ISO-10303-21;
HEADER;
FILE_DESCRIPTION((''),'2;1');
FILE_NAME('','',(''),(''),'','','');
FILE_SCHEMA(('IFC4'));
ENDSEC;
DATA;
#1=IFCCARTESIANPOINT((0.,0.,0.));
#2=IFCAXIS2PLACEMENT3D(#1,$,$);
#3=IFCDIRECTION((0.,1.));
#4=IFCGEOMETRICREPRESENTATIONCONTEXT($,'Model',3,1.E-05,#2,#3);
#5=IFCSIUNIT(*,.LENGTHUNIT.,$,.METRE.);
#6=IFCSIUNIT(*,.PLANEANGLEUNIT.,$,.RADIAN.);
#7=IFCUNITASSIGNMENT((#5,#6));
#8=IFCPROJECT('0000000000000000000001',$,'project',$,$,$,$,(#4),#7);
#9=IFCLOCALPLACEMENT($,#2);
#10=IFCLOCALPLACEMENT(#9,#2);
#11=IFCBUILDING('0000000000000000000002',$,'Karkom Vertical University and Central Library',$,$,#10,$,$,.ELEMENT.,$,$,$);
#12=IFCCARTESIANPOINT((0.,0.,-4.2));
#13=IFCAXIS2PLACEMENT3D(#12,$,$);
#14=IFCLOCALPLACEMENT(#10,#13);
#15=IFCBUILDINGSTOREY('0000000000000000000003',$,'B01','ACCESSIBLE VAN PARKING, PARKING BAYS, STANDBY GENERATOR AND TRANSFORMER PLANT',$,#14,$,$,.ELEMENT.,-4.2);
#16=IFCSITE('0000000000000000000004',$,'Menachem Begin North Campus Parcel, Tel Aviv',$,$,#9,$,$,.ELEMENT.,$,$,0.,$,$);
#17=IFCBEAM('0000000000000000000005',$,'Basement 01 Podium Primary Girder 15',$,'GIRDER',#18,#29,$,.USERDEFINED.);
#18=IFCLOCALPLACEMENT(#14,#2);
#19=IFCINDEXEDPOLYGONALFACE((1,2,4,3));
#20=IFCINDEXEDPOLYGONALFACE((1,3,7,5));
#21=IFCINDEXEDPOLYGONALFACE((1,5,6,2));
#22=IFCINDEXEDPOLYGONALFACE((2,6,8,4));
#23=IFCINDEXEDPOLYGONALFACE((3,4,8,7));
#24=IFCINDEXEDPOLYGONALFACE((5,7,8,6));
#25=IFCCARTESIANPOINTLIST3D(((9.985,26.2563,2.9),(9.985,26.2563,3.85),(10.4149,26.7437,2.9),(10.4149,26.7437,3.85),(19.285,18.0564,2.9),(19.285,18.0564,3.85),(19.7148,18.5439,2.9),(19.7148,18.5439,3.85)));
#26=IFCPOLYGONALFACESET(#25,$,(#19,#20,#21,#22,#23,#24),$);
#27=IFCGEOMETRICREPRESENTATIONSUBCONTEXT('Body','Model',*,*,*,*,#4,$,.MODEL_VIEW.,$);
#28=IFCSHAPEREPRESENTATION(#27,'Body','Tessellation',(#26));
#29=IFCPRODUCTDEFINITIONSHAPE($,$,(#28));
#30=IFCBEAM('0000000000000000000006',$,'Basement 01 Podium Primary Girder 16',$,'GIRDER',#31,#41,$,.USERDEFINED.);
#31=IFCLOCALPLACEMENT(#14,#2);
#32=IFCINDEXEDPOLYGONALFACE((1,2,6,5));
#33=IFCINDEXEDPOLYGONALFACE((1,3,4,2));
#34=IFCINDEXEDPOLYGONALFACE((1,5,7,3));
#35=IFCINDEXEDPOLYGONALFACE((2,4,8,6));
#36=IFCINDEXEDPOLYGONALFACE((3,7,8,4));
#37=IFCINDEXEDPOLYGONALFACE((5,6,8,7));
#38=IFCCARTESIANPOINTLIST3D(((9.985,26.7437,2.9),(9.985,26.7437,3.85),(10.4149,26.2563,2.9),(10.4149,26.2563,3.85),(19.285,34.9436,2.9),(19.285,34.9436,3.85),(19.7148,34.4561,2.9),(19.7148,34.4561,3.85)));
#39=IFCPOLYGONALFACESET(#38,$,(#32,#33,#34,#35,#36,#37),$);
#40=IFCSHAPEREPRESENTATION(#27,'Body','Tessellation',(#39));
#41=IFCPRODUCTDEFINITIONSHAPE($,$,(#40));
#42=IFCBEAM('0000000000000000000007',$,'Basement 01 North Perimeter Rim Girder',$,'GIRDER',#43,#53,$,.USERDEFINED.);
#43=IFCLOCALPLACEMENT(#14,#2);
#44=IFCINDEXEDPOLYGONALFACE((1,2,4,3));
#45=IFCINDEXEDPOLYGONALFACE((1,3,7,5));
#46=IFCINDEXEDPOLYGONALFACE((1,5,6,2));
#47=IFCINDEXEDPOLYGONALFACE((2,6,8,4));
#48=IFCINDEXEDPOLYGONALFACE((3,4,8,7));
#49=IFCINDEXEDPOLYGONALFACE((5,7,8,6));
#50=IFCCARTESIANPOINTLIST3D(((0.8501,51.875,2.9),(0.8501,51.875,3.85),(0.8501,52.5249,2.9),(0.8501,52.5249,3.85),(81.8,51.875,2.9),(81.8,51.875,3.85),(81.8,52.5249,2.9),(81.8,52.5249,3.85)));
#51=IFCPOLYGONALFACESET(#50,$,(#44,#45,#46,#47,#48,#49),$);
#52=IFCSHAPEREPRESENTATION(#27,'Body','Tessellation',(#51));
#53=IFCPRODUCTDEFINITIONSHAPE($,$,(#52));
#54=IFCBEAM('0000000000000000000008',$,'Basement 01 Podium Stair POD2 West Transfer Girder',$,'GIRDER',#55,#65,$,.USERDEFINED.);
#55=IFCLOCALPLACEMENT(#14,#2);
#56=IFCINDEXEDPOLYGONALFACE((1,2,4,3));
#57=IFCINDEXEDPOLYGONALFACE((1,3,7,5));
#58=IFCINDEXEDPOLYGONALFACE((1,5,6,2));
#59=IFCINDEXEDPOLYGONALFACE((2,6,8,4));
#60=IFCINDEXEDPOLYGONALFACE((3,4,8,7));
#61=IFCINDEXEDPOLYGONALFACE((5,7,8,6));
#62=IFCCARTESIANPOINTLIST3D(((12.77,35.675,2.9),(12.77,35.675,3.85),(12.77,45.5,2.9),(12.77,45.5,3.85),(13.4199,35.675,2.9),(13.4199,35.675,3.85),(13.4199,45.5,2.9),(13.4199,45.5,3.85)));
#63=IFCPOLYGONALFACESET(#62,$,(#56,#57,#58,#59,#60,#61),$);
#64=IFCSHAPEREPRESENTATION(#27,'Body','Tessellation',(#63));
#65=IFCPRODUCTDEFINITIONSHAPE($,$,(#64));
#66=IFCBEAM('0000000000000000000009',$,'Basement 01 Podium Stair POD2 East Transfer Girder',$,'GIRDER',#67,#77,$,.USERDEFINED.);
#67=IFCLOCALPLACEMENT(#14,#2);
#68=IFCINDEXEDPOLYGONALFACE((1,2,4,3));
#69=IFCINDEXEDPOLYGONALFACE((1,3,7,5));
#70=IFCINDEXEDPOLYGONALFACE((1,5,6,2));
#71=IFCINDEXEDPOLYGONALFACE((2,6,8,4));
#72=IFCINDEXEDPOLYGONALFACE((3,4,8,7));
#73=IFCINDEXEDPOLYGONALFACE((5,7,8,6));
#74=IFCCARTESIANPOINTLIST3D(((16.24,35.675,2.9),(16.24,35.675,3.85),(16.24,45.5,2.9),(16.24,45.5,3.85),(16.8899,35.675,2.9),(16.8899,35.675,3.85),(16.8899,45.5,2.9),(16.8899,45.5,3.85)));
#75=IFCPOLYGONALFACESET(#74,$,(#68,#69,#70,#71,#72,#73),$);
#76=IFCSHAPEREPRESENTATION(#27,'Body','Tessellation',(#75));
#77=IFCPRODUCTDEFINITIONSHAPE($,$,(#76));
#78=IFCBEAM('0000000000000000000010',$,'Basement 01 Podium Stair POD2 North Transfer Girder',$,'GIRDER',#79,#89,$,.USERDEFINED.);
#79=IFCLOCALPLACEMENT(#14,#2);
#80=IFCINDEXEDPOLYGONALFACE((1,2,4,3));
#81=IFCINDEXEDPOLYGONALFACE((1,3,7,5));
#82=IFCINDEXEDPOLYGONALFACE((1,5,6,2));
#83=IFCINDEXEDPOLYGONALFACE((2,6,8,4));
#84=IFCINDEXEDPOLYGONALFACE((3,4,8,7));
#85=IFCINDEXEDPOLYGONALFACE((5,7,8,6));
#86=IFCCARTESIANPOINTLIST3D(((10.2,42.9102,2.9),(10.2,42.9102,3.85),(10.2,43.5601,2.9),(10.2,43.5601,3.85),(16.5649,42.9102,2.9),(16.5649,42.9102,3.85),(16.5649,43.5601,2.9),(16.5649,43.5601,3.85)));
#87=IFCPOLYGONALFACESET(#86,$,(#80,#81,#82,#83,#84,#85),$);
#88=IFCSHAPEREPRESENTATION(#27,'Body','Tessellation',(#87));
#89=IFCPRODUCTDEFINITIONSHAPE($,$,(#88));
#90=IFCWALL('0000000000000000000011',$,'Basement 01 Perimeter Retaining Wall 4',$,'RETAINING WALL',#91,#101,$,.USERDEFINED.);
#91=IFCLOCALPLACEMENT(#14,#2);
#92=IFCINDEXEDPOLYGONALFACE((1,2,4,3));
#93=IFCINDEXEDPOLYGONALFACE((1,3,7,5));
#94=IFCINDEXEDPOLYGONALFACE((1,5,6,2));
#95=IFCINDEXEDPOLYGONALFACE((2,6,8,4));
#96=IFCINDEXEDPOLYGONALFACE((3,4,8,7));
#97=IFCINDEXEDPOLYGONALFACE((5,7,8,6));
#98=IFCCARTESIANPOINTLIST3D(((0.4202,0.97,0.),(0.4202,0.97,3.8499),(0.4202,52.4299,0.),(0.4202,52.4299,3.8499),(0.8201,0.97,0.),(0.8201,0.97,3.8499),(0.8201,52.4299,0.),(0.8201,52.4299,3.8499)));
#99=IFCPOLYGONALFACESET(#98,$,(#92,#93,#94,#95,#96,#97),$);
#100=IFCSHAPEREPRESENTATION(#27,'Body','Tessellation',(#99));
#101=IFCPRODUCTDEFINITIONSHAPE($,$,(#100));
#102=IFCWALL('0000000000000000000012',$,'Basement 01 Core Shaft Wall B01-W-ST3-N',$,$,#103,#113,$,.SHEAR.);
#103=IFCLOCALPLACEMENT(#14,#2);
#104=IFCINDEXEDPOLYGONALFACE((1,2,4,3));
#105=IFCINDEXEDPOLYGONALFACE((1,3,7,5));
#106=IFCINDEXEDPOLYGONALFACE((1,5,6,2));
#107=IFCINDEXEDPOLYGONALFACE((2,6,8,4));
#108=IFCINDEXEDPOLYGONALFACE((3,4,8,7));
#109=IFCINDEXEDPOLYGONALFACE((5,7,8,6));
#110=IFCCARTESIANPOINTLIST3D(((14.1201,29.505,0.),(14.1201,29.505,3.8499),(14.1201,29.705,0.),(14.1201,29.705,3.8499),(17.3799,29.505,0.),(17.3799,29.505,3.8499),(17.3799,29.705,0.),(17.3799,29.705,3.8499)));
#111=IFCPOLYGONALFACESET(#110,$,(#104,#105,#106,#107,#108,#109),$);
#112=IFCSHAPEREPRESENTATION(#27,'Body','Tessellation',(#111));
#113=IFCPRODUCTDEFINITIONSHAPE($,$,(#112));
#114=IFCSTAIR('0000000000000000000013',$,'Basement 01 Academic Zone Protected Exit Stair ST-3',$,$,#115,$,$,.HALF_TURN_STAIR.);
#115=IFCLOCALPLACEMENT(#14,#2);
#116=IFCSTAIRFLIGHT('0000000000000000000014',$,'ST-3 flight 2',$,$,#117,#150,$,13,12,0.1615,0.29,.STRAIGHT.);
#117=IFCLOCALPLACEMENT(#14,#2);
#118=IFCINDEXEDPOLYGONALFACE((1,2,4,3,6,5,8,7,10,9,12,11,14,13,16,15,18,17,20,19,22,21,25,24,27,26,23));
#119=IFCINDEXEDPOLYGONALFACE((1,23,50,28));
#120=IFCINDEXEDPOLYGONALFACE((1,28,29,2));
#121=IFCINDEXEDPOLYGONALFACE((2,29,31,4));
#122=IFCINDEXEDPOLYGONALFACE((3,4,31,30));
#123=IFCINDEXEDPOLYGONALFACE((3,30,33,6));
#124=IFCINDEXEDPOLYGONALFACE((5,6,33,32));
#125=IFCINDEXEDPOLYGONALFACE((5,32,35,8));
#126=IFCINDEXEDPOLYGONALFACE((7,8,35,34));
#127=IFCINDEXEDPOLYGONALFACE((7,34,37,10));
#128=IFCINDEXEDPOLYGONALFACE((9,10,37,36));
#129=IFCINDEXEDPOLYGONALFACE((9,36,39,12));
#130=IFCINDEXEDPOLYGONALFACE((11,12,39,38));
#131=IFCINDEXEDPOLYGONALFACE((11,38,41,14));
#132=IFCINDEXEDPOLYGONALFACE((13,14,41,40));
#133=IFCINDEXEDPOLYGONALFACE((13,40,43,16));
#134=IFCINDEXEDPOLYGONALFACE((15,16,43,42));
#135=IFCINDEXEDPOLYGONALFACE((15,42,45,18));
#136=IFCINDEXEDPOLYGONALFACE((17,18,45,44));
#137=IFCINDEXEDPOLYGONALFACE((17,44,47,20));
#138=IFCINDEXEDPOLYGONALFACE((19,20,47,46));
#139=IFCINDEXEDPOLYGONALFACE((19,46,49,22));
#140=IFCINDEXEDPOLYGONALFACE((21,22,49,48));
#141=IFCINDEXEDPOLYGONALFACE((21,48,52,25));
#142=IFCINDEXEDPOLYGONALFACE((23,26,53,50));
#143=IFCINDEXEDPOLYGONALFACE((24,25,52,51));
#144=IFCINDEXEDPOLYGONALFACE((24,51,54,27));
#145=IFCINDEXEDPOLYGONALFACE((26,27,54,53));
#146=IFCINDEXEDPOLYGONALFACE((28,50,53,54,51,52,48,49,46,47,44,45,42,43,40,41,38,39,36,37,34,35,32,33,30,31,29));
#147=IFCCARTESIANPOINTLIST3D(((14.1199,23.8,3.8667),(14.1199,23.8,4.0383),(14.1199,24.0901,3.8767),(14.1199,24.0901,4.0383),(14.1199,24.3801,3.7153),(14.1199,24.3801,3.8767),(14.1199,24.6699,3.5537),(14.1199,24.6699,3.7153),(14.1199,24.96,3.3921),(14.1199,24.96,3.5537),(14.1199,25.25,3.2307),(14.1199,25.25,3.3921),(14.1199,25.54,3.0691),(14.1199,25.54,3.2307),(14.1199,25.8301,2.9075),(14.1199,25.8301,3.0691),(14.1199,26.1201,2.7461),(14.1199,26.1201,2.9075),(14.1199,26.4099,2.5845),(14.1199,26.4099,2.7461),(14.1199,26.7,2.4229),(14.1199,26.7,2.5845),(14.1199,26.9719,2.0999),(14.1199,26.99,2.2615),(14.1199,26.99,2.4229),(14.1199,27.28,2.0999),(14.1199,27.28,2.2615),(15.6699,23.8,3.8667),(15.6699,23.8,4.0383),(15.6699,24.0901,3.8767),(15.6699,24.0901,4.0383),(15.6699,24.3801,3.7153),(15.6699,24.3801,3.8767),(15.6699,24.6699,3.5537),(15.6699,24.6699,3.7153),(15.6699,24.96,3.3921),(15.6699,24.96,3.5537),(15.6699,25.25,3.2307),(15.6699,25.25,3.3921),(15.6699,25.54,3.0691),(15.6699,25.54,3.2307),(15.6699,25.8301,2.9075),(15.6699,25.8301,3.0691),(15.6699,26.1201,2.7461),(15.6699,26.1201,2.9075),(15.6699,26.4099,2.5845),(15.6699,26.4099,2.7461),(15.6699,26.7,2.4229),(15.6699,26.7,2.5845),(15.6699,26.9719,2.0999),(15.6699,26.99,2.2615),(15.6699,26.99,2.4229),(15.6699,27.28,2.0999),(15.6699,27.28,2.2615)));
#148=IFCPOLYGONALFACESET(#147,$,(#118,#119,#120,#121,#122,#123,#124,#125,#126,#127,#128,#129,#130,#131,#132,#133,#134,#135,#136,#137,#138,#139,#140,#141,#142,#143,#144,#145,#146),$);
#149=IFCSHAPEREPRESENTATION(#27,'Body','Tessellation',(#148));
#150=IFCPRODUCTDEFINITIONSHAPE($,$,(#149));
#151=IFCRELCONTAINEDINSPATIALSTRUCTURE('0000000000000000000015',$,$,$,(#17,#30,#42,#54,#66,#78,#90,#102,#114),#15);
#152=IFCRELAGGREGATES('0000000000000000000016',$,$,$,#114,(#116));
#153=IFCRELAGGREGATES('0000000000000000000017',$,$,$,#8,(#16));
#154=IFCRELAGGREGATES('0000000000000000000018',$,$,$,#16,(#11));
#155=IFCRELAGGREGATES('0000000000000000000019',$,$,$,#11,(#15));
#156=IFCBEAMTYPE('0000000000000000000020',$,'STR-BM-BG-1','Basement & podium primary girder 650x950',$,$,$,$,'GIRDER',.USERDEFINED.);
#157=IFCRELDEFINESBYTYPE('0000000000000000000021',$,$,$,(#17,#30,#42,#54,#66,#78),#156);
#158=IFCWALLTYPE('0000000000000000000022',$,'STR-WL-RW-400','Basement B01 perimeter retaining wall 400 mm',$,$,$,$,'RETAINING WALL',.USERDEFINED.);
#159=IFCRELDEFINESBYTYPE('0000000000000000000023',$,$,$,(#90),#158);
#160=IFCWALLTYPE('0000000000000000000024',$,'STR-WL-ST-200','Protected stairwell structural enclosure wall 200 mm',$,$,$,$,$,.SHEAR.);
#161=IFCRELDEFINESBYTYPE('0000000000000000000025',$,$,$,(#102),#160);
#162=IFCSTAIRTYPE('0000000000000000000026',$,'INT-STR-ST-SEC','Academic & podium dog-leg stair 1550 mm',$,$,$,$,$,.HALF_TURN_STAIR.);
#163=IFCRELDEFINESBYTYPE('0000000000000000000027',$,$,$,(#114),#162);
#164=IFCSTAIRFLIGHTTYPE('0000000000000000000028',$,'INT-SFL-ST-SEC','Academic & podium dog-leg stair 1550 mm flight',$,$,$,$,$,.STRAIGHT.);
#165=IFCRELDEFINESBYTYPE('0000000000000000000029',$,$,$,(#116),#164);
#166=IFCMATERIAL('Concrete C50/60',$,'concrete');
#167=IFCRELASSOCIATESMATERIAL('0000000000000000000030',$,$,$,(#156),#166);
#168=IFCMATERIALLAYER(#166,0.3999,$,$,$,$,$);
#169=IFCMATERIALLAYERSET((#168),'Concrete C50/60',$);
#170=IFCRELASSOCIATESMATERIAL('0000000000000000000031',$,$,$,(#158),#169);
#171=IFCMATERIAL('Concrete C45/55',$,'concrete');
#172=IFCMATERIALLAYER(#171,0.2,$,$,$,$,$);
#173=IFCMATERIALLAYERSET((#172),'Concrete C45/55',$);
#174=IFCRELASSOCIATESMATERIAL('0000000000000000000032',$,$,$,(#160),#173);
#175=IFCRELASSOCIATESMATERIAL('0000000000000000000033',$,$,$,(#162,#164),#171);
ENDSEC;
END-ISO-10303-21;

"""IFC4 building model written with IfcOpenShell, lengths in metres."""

from ifc_helpers import new_model, si_unit, direction, frame, frame_2d, origin, origin_with_axes, origin_2d, place, context, subcontext, project, spatial, polyline, rectangle, outline, extrude, source, transform, mapped, material, layer, layer_set, material_profile, profile_set, type_object, element, aggregate, save


model = new_model("IFC4")

# Units and contexts
model_context = context("Model", 3, precision=1e-05, world=origin(), true_north=direction((0.0, 1.0)))
body_context = subcontext(model_context, "Body", "Model", "MODEL_VIEW")
ifc_project = project(units=[si_unit("LENGTHUNIT", "METRE"), si_unit("PLANEANGLEUNIT", "RADIAN")], contexts=[model_context])

# Site, building, storey
site_placement = place(None, origin())
site = spatial("IfcSite", under=ifc_project, at=site_placement, Name="Menachem Begin North Campus Parcel, Tel Aviv", CompositionType="ELEMENT", RefElevation=0.0)
building_placement = place(site_placement, origin())
building = spatial("IfcBuilding", under=site, at=building_placement, Name="Karkom Vertical University and Central Library", CompositionType="ELEMENT")
storey_placement = place(building_placement, frame((0.0, 0.0, -4.2)))
storey = spatial("IfcBuildingStorey", under=building, at=storey_placement, Name="B01", Description="ACCESSIBLE VAN PARKING, PARKING BAYS, STANDBY GENERATOR AND TRANSFORMER PLANT", CompositionType="ELEMENT", Elevation=-4.2)

# Shared definitions
ifc_material_1 = material(Name="Concrete C45/55", Category="concrete")
ifc_material_2 = material(Name="Concrete C50/60", Category="concrete")

# Beams
ifc_material_profile_1 = material_profile(ifc_material_2, rectangle(XDim=0.6499, YDim=0.95, at=origin_2d()), Name="RCG-650x950")
ifc_profile_set_1 = profile_set([ifc_material_profile_1], Name="Concrete C50/60")
beam_type = type_object("IfcBeamType", Name="STR-BM-BG-1", Description="Basement & podium primary girder 650x950", ElementType="GIRDER", PredefinedType="USERDEFINED", material=ifc_profile_set_1)
shared_shape_1 = source(origin_with_axes(), body_context, "Body", "SweptSolid", [
    extrude(rectangle(XDim=0.6499, YDim=0.95, at=origin_2d()), origin(), (0.0, 0.0, 1.0), 12.3987),
])
for number, where, z_axis, x_axis, name in (
    (1, (10.2, 26.5, 3.375), (0.750077, -0.661351, 0.0), (0.661351, 0.750077, 0.0), "Basement 01 Podium Primary Girder 15"),
    (2, (10.2, 26.5, 3.375), (0.750077, 0.661351, 0.0), (-0.661351, 0.750077, 0.0), "Basement 01 Podium Primary Girder 16"),
):
    element("IfcBeam", number, at=place(storey_placement, frame(where, z_axis=z_axis, x_axis=x_axis)), inside=storey, type_object=beam_type, Name=name, ObjectType="GIRDER", PredefinedType="USERDEFINED", context=body_context, shape_type="MappedRepresentation", body=[
        mapped(shared_shape_1, transform((0.0, 0.0, 0.0), scale=1.0)),
    ])
shared_shape_2 = source(origin_with_axes(), body_context, "Body", "SweptSolid", [
    extrude(rectangle(XDim=0.6499, YDim=0.95, at=origin_2d()), origin(), (0.0, 0.0, 1.0), 80.95),
])
beam_1_placement = place(storey_placement, frame((0.8501, 52.2, 3.375), z_axis=(1.0, 0.0, 0.0), x_axis=(0.0, 1.0, 0.0)))
element("IfcBeam", 3, at=beam_1_placement, inside=storey, type_object=beam_type, Name="Basement 01 North Perimeter Rim Girder", ObjectType="GIRDER", PredefinedType="USERDEFINED", context=body_context, shape_type="MappedRepresentation", body=[
    mapped(shared_shape_2, transform((0.0, 0.0, 0.0), scale=1.0)),
])
shared_shape_3 = source(origin_with_axes(), body_context, "Body", "SweptSolid", [
    extrude(rectangle(XDim=0.6499, YDim=0.95, at=origin_2d()), origin(), (0.0, 0.0, 1.0), 9.825),
])
for number, where, z_axis, x_axis, name in (
    (4, (13.095, 35.675, 3.375), (0.0, 1.0, 0.0), (-1.0, 0.0, 0.0), "Basement 01 Podium Stair POD2 West Transfer Girder"),
    (5, (16.5649, 35.675, 3.375), (0.0, 1.0, 0.0), (-1.0, 0.0, 0.0), "Basement 01 Podium Stair POD2 East Transfer Girder"),
):
    element("IfcBeam", number, at=place(storey_placement, frame(where, z_axis=z_axis, x_axis=x_axis)), inside=storey, type_object=beam_type, Name=name, ObjectType="GIRDER", PredefinedType="USERDEFINED", context=body_context, shape_type="MappedRepresentation", body=[
        mapped(shared_shape_3, transform((0.0, 0.0, 0.0), scale=1.0)),
    ])
shared_shape_4 = source(origin_with_axes(), body_context, "Body", "SweptSolid", [
    extrude(rectangle(XDim=0.6499, YDim=0.95, at=origin_2d()), origin(), (0.0, 0.0, 1.0), 6.365),
])
beam_2_placement = place(storey_placement, frame((10.2, 43.2351, 3.375), z_axis=(1.0, 0.0, 0.0), x_axis=(0.0, 1.0, 0.0)))
element("IfcBeam", 6, at=beam_2_placement, inside=storey, type_object=beam_type, Name="Basement 01 Podium Stair POD2 North Transfer Girder", ObjectType="GIRDER", PredefinedType="USERDEFINED", context=body_context, shape_type="MappedRepresentation", body=[
    mapped(shared_shape_4, transform((0.0, 0.0, 0.0), scale=1.0)),
])

# Walls
ifc_layer_1 = layer(ifc_material_2, 0.3999)
ifc_layer_set_1 = layer_set([ifc_layer_1], Name="Concrete C50/60")
wall_type_1 = type_object("IfcWallType", Name="STR-WL-RW-400", Description="Basement B01 perimeter retaining wall 400 mm", ElementType="RETAINING WALL", PredefinedType="USERDEFINED", material=ifc_layer_set_1)
wall_1_placement = place(storey_placement, frame((0.6201, 52.4299, 0.0), z_axis=(0.0, 0.0, 1.0), x_axis=(0.0, -1.0, 0.0)))
element("IfcWall", 7, at=wall_1_placement, inside=storey, type_object=wall_type_1, Name="Basement 01 Perimeter Retaining Wall 4", ObjectType="RETAINING WALL", PredefinedType="USERDEFINED", context=body_context, shape_type="SweptSolid", body=[
    extrude(rectangle(XDim=51.46, YDim=0.3999, at=frame_2d((25.73, 0.0))), origin(), (0.0, 0.0, 1.0), 3.8499),
])
ifc_layer_2 = layer(ifc_material_1, 0.2)
ifc_layer_set_2 = layer_set([ifc_layer_2], Name="Concrete C45/55")
wall_type_2 = type_object("IfcWallType", Name="STR-WL-ST-200", Description="Protected stairwell structural enclosure wall 200 mm", PredefinedType="SHEAR", material=ifc_layer_set_2)
wall_2_placement = place(storey_placement, frame((14.1201, 29.605, 0.0), z_axis=(0.0, 0.0, 1.0), x_axis=(1.0, 0.0, 0.0)))
element("IfcWall", 8, at=wall_2_placement, inside=storey, type_object=wall_type_2, Name="Basement 01 Core Shaft Wall B01-W-ST3-N", PredefinedType="SHEAR", context=body_context, shape_type="SweptSolid", body=[
    extrude(rectangle(XDim=3.2598, YDim=0.2, at=frame_2d((1.6299, 0.0))), origin(), (0.0, 0.0, 1.0), 3.8499),
])

# Stair, stair flight
stair_type = type_object("IfcStairType", Name="INT-STR-ST-SEC", Description="Academic & podium dog-leg stair 1550 mm", PredefinedType="HALF_TURN_STAIR", material=ifc_material_1)
stair_placement = place(storey_placement, origin())
stair = element("IfcStair", 9, at=stair_placement, inside=storey, type_object=stair_type, Name="Basement 01 Academic Zone Protected Exit Stair ST-3", PredefinedType="HALF_TURN_STAIR")
stair_flight_type = type_object("IfcStairFlightType", Name="INT-SFL-ST-SEC", Description="Academic & podium dog-leg stair 1550 mm flight", PredefinedType="STRAIGHT", material=ifc_material_1)
stair_flight_placement = place(storey_placement, frame((14.895, 27.28, 2.0999), z_axis=(0.0, 0.0, 1.0), x_axis=(0.0, -1.0, 0.0)))
stair_flight = element("IfcStairFlight", 10, at=stair_flight_placement, type_object=stair_flight_type, Name="ST-3 flight 2", NumberOfRisers=13, NumberOfTreads=12, PredefinedType="STRAIGHT", RiserHeight=0.1615, TreadLength=0.29, context=body_context, shape_type="SweptSolid", body=[
    extrude(outline(polyline([(0.0, 0.0), (0.0, 0.1616), (0.29, 0.1616), (0.29, 0.323), (0.5801, 0.323), (0.5801, 0.4846), (0.8701, 0.4846), (0.8701, 0.6462), (1.1599, 0.6462), (1.1599, 0.8076), (1.45, 0.8076), (1.45, 0.9692), (1.74, 0.9692), (1.74, 1.1309), (2.03, 1.1309), (2.03, 1.2922), (2.3201, 1.2922), (2.3201, 1.4539), (2.6101, 1.4539), (2.6101, 1.6155), (2.8999, 1.6155), (2.8999, 1.7769), (3.1899, 1.7769), (3.1899, 1.9385), (3.48, 1.9385), (3.48, 2.1001), (3.48, 1.7668), (0.3081, 0.0), (0.0, 0.0)])), frame((0.0, 0.7749, 0.0), z_axis=(0.0, -1.0, 0.0), x_axis=(1.0, 0.0, 0.0)), (0.0, 0.0, 1.0), 1.55),
])
aggregate(stair, [stair_flight])

save(model, "model.ifc")
